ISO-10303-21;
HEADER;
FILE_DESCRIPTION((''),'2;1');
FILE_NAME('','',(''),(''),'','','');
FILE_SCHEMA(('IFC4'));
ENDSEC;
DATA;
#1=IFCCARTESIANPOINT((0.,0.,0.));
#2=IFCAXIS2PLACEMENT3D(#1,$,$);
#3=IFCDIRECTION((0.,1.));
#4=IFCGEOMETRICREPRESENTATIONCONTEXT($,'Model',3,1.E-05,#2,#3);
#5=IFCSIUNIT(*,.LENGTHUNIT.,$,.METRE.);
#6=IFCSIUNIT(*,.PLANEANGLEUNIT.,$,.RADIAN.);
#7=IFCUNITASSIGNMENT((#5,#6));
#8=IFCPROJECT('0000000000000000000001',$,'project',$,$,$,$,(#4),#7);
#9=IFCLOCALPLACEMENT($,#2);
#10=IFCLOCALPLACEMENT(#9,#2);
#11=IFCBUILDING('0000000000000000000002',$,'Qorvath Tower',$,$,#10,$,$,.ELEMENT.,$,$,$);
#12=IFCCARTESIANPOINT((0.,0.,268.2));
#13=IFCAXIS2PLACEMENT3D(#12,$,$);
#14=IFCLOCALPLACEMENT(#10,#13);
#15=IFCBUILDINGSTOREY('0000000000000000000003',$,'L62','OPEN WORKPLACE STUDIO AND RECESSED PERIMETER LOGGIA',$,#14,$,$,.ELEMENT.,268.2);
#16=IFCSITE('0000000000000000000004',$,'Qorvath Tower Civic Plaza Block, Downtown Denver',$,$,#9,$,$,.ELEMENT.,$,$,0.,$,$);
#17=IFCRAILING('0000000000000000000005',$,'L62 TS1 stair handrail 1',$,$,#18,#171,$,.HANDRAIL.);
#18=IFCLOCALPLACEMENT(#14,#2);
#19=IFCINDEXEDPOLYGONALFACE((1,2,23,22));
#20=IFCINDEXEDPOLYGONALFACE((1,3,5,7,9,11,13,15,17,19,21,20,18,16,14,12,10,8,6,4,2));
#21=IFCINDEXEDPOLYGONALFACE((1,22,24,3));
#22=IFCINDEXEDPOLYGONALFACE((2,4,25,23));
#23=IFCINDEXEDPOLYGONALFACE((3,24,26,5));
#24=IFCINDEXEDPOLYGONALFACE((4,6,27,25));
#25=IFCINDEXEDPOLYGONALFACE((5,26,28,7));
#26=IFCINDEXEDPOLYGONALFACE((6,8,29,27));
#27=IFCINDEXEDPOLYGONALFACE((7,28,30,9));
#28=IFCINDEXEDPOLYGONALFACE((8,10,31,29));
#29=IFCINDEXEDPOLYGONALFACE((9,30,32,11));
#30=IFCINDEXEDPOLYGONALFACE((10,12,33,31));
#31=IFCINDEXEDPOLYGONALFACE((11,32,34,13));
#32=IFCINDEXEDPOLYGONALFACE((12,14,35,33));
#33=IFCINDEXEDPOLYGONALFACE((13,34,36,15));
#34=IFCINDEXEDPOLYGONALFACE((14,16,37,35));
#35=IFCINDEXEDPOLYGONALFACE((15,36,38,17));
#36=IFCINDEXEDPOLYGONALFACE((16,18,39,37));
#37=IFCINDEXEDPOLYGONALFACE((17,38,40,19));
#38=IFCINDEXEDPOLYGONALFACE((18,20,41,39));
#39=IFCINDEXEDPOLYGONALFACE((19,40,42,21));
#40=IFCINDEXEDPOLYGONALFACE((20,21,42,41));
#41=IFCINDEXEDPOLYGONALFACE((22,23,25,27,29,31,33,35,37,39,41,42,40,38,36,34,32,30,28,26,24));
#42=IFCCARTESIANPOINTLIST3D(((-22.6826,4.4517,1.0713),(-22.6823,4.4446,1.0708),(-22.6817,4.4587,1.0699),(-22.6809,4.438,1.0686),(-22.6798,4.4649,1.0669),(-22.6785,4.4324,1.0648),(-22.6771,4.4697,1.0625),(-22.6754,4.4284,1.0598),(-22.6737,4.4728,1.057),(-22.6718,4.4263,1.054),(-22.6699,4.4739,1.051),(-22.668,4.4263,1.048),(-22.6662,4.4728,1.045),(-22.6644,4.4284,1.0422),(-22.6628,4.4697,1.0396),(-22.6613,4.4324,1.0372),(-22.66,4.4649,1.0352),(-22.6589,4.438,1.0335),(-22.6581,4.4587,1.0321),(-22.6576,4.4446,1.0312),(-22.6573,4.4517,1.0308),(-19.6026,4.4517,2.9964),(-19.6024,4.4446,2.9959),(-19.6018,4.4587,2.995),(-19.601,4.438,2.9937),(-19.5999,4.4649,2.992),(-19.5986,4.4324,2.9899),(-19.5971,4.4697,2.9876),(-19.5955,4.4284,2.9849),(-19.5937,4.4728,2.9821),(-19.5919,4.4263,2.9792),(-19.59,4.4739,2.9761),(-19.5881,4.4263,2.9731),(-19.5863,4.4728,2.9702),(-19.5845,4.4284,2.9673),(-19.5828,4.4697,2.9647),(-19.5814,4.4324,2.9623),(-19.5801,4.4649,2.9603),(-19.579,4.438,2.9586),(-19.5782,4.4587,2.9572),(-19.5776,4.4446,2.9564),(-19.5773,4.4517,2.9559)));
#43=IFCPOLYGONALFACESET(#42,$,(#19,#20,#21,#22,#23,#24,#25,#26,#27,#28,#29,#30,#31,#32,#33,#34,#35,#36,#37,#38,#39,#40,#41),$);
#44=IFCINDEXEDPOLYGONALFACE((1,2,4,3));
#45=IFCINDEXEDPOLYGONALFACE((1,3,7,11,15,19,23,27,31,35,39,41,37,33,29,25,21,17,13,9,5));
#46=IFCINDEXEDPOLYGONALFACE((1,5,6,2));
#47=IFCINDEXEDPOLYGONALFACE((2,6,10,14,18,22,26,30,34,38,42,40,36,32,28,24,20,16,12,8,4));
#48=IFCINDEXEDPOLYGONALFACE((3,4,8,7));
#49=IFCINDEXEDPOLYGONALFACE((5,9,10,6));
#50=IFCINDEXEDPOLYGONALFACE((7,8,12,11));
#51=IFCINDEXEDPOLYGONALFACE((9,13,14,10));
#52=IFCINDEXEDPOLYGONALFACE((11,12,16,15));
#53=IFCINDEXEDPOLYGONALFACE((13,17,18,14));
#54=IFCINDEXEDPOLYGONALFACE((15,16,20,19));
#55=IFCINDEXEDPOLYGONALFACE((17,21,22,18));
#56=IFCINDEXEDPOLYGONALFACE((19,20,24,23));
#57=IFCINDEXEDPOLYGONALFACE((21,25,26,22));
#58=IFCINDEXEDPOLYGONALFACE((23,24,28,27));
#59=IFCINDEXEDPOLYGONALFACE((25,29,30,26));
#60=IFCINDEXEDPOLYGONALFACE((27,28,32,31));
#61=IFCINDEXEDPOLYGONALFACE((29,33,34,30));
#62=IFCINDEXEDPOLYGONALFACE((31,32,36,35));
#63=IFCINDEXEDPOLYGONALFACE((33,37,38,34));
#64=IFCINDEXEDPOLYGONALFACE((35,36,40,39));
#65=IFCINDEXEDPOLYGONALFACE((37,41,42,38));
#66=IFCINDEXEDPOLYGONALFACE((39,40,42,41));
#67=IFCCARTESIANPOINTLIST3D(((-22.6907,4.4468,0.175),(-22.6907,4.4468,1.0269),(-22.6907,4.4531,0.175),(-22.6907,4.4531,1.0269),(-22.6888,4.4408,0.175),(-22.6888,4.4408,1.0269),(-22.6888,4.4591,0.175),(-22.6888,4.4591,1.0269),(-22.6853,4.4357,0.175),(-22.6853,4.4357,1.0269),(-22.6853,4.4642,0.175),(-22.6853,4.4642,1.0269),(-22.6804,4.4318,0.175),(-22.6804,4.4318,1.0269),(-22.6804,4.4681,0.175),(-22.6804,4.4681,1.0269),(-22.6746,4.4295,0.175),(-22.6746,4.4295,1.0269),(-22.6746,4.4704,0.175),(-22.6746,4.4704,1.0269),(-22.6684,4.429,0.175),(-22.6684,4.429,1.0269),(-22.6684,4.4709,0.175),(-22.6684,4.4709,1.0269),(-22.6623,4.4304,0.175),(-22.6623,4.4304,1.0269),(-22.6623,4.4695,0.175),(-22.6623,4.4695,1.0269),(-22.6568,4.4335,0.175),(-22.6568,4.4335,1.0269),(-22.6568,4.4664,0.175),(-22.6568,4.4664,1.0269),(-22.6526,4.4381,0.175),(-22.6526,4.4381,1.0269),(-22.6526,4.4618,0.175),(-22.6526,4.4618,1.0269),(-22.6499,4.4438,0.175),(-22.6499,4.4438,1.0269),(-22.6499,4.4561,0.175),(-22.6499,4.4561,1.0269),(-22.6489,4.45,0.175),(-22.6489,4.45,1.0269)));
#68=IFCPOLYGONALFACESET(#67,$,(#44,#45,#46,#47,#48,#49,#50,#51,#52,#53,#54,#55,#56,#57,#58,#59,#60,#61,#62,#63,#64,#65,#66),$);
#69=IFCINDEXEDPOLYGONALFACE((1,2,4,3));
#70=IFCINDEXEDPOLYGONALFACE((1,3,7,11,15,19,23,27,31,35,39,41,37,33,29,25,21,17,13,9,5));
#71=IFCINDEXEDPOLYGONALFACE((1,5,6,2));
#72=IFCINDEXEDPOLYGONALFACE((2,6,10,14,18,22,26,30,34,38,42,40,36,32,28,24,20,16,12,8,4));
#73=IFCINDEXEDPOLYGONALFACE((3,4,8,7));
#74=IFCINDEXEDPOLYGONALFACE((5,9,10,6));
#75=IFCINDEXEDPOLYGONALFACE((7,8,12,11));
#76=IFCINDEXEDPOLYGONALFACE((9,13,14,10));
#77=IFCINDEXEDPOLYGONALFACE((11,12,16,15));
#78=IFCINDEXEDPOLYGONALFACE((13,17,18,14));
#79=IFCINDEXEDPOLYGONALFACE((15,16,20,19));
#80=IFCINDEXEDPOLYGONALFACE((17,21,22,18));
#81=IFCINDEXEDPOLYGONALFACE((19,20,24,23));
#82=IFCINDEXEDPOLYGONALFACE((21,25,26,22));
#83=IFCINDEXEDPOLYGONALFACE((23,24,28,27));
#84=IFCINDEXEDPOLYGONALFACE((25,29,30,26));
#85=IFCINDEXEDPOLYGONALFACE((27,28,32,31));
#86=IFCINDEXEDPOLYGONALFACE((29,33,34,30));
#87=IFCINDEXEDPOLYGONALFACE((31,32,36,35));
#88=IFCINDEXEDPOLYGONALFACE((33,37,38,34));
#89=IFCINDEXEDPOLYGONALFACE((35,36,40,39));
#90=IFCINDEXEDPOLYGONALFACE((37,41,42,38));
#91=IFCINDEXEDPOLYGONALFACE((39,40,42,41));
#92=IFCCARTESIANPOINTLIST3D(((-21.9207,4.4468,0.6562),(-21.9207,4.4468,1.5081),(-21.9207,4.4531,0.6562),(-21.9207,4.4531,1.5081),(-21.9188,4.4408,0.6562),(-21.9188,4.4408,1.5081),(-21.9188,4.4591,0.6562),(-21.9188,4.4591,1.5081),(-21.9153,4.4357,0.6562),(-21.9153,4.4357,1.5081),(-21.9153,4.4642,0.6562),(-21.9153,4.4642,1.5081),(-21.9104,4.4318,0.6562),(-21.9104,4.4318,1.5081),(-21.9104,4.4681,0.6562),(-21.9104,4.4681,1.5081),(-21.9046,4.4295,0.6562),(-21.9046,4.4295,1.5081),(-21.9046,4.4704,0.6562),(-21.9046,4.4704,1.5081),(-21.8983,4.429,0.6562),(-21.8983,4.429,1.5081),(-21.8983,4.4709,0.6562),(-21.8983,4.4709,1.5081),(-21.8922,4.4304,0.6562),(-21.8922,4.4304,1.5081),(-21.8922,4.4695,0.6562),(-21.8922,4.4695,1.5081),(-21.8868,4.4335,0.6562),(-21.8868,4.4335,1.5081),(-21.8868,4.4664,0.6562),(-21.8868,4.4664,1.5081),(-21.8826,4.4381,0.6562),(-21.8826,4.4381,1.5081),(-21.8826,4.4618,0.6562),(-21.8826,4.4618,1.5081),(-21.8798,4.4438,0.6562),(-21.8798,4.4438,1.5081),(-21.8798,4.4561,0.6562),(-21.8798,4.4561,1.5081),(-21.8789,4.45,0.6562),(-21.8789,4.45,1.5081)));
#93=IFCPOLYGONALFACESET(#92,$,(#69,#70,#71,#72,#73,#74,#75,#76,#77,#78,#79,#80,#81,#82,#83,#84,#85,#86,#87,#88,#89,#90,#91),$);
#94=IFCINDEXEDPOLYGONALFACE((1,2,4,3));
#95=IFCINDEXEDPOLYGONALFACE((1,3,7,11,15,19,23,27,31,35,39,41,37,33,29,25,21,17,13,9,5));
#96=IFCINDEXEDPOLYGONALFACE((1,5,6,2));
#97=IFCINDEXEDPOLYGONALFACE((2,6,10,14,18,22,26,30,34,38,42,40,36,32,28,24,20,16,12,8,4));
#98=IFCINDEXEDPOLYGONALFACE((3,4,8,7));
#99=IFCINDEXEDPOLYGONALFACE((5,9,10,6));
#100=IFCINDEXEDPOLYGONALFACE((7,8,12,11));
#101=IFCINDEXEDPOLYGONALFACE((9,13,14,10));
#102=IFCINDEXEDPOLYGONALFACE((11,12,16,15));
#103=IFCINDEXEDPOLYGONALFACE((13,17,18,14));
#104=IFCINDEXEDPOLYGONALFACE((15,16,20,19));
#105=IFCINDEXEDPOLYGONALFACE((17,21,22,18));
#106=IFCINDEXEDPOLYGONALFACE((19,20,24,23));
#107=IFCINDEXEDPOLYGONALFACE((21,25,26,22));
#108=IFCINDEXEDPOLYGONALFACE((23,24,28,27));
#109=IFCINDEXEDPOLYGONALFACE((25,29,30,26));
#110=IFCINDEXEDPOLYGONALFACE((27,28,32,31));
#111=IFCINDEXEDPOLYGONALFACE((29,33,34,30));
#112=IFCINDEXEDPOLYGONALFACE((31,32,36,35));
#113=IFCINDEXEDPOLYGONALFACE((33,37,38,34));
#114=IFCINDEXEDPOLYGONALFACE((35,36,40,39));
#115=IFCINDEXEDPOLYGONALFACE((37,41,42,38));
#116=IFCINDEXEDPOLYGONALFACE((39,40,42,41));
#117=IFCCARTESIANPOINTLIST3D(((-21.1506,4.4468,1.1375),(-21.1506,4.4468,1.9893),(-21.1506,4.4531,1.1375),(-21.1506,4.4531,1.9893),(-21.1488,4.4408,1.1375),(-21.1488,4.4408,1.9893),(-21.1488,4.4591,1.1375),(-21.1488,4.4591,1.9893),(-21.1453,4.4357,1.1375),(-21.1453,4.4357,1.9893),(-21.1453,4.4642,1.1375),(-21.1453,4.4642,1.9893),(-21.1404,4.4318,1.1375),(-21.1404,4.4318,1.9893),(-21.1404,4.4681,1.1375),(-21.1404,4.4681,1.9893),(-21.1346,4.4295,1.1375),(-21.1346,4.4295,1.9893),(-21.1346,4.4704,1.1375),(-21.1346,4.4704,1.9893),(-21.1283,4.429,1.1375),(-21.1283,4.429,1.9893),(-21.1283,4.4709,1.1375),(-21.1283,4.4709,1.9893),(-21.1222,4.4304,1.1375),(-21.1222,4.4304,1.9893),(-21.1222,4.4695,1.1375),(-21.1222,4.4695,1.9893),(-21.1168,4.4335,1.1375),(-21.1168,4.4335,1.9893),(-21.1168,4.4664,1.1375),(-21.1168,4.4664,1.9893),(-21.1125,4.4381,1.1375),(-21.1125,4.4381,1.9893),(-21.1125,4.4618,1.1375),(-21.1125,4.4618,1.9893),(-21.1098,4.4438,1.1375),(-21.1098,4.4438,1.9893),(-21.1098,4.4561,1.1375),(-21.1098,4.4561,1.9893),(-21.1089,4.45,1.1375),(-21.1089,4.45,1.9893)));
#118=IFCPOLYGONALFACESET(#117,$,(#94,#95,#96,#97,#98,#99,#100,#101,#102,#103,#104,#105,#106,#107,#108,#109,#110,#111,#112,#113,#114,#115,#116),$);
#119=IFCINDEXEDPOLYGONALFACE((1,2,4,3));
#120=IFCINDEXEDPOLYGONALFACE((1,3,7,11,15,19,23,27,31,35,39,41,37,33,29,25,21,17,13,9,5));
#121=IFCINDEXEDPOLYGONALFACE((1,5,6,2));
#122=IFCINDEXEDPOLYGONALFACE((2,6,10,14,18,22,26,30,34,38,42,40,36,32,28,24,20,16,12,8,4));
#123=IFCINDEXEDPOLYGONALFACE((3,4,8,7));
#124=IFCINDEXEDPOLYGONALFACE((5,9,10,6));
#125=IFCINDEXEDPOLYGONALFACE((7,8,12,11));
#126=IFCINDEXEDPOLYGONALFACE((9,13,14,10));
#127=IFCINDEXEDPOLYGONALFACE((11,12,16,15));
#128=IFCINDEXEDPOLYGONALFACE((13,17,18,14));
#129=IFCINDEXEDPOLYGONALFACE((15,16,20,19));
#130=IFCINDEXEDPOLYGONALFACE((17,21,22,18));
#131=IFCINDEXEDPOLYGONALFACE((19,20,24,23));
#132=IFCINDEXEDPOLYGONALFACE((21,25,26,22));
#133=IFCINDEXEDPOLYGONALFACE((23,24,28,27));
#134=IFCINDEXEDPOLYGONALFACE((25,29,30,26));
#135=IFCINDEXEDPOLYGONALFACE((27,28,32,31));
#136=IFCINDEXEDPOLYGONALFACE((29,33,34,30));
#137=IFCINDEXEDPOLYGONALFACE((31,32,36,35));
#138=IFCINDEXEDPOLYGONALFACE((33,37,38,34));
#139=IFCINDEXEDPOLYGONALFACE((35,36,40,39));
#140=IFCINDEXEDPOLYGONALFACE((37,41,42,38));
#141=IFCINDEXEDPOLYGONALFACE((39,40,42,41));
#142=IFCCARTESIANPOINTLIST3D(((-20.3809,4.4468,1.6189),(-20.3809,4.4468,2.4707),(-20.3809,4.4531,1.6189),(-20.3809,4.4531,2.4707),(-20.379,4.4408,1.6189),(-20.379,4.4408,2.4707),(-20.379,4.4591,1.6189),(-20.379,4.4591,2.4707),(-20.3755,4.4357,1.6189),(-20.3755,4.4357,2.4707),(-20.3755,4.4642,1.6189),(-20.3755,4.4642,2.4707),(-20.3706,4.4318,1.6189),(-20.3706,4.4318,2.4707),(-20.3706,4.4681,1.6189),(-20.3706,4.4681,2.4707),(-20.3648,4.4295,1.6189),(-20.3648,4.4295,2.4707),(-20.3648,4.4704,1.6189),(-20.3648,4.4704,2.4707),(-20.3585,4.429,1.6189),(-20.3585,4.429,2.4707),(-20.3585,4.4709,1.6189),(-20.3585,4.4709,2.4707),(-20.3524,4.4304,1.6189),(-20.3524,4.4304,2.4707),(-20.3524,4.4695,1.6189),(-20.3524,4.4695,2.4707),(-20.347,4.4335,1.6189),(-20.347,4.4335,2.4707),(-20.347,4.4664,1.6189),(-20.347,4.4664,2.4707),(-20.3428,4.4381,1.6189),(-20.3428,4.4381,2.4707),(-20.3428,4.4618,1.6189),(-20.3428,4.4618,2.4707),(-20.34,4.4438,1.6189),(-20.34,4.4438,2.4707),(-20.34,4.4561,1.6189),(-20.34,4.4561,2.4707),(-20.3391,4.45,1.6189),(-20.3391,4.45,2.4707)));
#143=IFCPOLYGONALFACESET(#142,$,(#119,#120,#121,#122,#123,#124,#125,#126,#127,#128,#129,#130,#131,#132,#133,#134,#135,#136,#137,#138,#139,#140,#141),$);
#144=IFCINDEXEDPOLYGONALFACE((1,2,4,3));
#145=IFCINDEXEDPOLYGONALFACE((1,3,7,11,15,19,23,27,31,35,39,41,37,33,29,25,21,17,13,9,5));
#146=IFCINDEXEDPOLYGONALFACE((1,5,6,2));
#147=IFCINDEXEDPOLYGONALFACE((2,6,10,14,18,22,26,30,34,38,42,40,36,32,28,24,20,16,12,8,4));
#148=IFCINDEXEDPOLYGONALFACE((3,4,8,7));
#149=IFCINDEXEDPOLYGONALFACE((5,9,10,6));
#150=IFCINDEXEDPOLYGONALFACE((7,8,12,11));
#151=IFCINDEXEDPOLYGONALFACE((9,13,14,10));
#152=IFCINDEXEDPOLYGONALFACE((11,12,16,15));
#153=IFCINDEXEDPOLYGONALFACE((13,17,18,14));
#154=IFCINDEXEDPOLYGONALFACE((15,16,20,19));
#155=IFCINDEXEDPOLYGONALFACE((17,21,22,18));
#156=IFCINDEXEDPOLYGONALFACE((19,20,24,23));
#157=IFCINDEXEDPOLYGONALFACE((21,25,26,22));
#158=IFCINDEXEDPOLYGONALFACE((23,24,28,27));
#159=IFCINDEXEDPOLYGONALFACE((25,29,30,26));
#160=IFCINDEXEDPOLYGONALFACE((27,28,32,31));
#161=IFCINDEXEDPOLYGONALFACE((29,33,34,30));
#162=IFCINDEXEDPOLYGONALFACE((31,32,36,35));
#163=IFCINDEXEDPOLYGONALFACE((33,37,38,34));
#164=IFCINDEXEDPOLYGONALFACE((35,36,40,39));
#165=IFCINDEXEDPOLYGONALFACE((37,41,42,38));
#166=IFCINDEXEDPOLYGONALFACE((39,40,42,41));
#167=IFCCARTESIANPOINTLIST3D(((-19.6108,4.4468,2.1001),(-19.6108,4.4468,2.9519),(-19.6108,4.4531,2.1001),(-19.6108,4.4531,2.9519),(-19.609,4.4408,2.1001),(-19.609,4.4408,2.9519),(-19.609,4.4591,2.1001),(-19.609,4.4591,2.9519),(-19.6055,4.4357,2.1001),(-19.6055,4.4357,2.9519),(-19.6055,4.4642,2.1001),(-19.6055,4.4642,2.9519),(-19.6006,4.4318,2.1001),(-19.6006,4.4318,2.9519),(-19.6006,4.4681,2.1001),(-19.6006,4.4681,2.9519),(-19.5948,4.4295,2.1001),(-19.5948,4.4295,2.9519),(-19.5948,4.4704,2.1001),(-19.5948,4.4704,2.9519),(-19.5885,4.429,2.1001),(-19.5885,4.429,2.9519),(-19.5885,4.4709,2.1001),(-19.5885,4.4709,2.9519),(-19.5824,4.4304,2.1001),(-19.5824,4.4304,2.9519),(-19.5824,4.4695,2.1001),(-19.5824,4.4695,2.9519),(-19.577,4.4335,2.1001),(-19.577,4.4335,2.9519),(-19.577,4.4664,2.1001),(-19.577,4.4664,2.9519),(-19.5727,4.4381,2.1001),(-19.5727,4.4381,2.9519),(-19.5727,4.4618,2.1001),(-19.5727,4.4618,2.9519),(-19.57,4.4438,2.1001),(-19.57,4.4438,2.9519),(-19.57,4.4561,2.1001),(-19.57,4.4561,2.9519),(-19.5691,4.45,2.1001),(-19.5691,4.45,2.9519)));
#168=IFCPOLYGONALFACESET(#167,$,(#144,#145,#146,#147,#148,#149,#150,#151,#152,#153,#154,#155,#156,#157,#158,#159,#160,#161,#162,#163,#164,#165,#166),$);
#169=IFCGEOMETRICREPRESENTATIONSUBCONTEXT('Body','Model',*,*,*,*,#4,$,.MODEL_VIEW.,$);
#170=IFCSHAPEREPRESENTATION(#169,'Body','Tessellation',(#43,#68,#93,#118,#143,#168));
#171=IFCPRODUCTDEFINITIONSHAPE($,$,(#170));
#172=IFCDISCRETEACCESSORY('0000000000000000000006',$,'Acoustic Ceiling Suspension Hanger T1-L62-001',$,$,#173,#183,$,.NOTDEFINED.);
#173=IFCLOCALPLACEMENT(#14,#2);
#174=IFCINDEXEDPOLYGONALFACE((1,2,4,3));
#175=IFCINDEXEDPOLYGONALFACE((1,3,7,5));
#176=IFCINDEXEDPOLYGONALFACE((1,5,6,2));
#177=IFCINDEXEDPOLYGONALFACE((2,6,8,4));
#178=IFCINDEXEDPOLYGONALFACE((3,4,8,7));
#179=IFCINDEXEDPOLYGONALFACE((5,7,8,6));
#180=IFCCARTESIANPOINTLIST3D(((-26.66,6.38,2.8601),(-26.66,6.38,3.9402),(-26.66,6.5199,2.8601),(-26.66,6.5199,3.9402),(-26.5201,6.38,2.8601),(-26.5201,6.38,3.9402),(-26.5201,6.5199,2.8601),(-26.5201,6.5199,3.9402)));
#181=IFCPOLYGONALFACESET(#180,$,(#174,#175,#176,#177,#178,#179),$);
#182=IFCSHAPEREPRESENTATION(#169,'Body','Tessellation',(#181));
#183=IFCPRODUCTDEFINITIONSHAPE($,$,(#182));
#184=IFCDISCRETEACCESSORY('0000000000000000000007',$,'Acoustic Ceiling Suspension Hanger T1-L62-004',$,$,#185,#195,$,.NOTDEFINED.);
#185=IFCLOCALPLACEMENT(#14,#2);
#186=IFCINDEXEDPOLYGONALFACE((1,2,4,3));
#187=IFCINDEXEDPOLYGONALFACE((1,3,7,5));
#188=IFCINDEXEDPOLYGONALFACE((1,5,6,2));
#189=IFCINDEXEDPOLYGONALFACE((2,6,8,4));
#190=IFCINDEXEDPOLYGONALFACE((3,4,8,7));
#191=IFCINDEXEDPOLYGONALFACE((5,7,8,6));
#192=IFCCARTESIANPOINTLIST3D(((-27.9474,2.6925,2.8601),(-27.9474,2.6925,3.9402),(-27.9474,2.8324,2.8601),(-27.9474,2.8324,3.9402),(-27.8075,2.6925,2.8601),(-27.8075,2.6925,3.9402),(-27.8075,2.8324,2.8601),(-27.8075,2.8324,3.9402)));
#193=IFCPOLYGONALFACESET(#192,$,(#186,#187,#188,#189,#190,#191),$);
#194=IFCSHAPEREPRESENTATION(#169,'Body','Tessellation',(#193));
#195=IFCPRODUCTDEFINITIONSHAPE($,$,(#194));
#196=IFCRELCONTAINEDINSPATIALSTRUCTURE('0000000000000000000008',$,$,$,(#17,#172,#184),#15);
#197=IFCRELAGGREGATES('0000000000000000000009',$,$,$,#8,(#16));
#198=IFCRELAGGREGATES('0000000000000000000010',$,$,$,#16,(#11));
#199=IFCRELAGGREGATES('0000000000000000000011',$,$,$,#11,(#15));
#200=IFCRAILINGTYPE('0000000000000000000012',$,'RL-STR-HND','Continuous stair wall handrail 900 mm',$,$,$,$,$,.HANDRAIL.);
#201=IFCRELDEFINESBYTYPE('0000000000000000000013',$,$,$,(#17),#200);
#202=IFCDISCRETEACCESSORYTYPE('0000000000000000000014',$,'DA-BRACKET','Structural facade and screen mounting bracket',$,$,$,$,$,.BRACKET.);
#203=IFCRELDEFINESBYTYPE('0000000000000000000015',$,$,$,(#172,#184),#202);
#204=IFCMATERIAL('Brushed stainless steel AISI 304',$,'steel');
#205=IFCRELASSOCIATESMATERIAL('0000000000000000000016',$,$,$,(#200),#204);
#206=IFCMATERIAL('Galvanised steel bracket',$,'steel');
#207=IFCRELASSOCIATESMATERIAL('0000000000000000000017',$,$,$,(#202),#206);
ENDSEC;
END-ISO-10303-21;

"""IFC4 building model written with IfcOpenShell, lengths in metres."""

from ifc_helpers import new_model, si_unit, direction, frame, origin, origin_2d, place, context, subcontext, project, spatial, rectangle, circle, extrude, material, type_object, element, save


model = new_model("IFC4")

# Units and contexts
model_context = context("Model", 3, precision=1e-05, world=origin(), true_north=direction((0.0, 1.0)))
body_context = subcontext(model_context, "Body", "Model", "MODEL_VIEW")
ifc_project = project(units=[si_unit("LENGTHUNIT", "METRE"), si_unit("PLANEANGLEUNIT", "RADIAN")], contexts=[model_context])

# Site, building, storey
site_placement = place(None, origin())
site = spatial("IfcSite", under=ifc_project, at=site_placement, Name="Qorvath Tower Civic Plaza Block, Downtown Denver", CompositionType="ELEMENT", RefElevation=0.0)
building_placement = place(site_placement, origin())
building = spatial("IfcBuilding", under=site, at=building_placement, Name="Qorvath Tower", CompositionType="ELEMENT")
storey_placement = place(building_placement, frame((0.0, 0.0, 268.2)))
storey = spatial("IfcBuildingStorey", under=building, at=storey_placement, Name="L62", Description="OPEN WORKPLACE STUDIO AND RECESSED PERIMETER LOGGIA", CompositionType="ELEMENT", Elevation=268.2)

# Railing
ifc_material_1 = material(Name="Brushed stainless steel AISI 304", Category="steel")
railing_type_1 = type_object("IfcRailingType", Name="RL-STR-HND", Description="Continuous stair wall handrail 900 mm", PredefinedType="HANDRAIL", material=ifc_material_1)
railing_1_placement = place(storey_placement, frame((-22.6699, 4.45, 0.175)))
element("IfcRailing", 1, at=railing_1_placement, inside=storey, type_object=railing_type_1, Name="L62 TS1 stair handrail 1", PredefinedType="HANDRAIL", context=body_context, shape_type="SweptSolid", body=[
    extrude(circle(Radius=0.0239, at=origin_2d()), frame((0.0, 0.0, 0.876), z_axis=(0.847979, 0.0, 0.530029), x_axis=(0.0, 1.0, 0.0)), (0.0, 0.0, 1.0), 3.6321),
    extrude(circle(Radius=0.021, at=origin_2d()), origin(), (0.0, 0.0, 1.0), 0.8518),
    extrude(circle(Radius=0.021, at=origin_2d()), frame((0.77, 0.0, 0.4812)), (0.0, 0.0, 1.0), 0.8518),
    extrude(circle(Radius=0.021, at=origin_2d()), frame((1.54, 0.0, 0.9624)), (0.0, 0.0, 1.0), 0.8518),
    extrude(circle(Radius=0.021, at=origin_2d()), frame((2.3098, 0.0, 1.4438)), (0.0, 0.0, 1.0), 0.8518),
    extrude(circle(Radius=0.021, at=origin_2d()), frame((3.0798, 0.0, 1.925)), (0.0, 0.0, 1.0), 0.8518),
])

# Discrete accessories
ifc_material_2 = material(Name="Galvanised steel bracket", Category="steel")
discrete_accessory_type = type_object("IfcDiscreteAccessoryType", Name="DA-BRACKET", Description="Structural facade and screen mounting bracket", PredefinedType="BRACKET", material=ifc_material_2)
for number, where, z_axis, x_axis, name in (
    (2, (-26.5901, 6.45, 2.8601), (0.0, 0.0, 1.0), (1.0, 0.0, 0.0), "Acoustic Ceiling Suspension Hanger T1-L62-001"),
    (3, (-27.8774, 2.7625, 2.8601), (0.0, 0.0, 1.0), (1.0, 0.0, 0.0), "Acoustic Ceiling Suspension Hanger T1-L62-004"),
):
    element("IfcDiscreteAccessory", number, at=place(storey_placement, frame(where, z_axis=z_axis, x_axis=x_axis)), inside=storey, type_object=discrete_accessory_type, Name=name, PredefinedType="NOTDEFINED", context=body_context, shape_type="SweptSolid", body=[
        extrude(rectangle(XDim=0.1399, YDim=0.1399, at=origin_2d()), origin(), (0.0, 0.0, 1.0), 1.0801),
    ])

save(model, "model.ifc")
